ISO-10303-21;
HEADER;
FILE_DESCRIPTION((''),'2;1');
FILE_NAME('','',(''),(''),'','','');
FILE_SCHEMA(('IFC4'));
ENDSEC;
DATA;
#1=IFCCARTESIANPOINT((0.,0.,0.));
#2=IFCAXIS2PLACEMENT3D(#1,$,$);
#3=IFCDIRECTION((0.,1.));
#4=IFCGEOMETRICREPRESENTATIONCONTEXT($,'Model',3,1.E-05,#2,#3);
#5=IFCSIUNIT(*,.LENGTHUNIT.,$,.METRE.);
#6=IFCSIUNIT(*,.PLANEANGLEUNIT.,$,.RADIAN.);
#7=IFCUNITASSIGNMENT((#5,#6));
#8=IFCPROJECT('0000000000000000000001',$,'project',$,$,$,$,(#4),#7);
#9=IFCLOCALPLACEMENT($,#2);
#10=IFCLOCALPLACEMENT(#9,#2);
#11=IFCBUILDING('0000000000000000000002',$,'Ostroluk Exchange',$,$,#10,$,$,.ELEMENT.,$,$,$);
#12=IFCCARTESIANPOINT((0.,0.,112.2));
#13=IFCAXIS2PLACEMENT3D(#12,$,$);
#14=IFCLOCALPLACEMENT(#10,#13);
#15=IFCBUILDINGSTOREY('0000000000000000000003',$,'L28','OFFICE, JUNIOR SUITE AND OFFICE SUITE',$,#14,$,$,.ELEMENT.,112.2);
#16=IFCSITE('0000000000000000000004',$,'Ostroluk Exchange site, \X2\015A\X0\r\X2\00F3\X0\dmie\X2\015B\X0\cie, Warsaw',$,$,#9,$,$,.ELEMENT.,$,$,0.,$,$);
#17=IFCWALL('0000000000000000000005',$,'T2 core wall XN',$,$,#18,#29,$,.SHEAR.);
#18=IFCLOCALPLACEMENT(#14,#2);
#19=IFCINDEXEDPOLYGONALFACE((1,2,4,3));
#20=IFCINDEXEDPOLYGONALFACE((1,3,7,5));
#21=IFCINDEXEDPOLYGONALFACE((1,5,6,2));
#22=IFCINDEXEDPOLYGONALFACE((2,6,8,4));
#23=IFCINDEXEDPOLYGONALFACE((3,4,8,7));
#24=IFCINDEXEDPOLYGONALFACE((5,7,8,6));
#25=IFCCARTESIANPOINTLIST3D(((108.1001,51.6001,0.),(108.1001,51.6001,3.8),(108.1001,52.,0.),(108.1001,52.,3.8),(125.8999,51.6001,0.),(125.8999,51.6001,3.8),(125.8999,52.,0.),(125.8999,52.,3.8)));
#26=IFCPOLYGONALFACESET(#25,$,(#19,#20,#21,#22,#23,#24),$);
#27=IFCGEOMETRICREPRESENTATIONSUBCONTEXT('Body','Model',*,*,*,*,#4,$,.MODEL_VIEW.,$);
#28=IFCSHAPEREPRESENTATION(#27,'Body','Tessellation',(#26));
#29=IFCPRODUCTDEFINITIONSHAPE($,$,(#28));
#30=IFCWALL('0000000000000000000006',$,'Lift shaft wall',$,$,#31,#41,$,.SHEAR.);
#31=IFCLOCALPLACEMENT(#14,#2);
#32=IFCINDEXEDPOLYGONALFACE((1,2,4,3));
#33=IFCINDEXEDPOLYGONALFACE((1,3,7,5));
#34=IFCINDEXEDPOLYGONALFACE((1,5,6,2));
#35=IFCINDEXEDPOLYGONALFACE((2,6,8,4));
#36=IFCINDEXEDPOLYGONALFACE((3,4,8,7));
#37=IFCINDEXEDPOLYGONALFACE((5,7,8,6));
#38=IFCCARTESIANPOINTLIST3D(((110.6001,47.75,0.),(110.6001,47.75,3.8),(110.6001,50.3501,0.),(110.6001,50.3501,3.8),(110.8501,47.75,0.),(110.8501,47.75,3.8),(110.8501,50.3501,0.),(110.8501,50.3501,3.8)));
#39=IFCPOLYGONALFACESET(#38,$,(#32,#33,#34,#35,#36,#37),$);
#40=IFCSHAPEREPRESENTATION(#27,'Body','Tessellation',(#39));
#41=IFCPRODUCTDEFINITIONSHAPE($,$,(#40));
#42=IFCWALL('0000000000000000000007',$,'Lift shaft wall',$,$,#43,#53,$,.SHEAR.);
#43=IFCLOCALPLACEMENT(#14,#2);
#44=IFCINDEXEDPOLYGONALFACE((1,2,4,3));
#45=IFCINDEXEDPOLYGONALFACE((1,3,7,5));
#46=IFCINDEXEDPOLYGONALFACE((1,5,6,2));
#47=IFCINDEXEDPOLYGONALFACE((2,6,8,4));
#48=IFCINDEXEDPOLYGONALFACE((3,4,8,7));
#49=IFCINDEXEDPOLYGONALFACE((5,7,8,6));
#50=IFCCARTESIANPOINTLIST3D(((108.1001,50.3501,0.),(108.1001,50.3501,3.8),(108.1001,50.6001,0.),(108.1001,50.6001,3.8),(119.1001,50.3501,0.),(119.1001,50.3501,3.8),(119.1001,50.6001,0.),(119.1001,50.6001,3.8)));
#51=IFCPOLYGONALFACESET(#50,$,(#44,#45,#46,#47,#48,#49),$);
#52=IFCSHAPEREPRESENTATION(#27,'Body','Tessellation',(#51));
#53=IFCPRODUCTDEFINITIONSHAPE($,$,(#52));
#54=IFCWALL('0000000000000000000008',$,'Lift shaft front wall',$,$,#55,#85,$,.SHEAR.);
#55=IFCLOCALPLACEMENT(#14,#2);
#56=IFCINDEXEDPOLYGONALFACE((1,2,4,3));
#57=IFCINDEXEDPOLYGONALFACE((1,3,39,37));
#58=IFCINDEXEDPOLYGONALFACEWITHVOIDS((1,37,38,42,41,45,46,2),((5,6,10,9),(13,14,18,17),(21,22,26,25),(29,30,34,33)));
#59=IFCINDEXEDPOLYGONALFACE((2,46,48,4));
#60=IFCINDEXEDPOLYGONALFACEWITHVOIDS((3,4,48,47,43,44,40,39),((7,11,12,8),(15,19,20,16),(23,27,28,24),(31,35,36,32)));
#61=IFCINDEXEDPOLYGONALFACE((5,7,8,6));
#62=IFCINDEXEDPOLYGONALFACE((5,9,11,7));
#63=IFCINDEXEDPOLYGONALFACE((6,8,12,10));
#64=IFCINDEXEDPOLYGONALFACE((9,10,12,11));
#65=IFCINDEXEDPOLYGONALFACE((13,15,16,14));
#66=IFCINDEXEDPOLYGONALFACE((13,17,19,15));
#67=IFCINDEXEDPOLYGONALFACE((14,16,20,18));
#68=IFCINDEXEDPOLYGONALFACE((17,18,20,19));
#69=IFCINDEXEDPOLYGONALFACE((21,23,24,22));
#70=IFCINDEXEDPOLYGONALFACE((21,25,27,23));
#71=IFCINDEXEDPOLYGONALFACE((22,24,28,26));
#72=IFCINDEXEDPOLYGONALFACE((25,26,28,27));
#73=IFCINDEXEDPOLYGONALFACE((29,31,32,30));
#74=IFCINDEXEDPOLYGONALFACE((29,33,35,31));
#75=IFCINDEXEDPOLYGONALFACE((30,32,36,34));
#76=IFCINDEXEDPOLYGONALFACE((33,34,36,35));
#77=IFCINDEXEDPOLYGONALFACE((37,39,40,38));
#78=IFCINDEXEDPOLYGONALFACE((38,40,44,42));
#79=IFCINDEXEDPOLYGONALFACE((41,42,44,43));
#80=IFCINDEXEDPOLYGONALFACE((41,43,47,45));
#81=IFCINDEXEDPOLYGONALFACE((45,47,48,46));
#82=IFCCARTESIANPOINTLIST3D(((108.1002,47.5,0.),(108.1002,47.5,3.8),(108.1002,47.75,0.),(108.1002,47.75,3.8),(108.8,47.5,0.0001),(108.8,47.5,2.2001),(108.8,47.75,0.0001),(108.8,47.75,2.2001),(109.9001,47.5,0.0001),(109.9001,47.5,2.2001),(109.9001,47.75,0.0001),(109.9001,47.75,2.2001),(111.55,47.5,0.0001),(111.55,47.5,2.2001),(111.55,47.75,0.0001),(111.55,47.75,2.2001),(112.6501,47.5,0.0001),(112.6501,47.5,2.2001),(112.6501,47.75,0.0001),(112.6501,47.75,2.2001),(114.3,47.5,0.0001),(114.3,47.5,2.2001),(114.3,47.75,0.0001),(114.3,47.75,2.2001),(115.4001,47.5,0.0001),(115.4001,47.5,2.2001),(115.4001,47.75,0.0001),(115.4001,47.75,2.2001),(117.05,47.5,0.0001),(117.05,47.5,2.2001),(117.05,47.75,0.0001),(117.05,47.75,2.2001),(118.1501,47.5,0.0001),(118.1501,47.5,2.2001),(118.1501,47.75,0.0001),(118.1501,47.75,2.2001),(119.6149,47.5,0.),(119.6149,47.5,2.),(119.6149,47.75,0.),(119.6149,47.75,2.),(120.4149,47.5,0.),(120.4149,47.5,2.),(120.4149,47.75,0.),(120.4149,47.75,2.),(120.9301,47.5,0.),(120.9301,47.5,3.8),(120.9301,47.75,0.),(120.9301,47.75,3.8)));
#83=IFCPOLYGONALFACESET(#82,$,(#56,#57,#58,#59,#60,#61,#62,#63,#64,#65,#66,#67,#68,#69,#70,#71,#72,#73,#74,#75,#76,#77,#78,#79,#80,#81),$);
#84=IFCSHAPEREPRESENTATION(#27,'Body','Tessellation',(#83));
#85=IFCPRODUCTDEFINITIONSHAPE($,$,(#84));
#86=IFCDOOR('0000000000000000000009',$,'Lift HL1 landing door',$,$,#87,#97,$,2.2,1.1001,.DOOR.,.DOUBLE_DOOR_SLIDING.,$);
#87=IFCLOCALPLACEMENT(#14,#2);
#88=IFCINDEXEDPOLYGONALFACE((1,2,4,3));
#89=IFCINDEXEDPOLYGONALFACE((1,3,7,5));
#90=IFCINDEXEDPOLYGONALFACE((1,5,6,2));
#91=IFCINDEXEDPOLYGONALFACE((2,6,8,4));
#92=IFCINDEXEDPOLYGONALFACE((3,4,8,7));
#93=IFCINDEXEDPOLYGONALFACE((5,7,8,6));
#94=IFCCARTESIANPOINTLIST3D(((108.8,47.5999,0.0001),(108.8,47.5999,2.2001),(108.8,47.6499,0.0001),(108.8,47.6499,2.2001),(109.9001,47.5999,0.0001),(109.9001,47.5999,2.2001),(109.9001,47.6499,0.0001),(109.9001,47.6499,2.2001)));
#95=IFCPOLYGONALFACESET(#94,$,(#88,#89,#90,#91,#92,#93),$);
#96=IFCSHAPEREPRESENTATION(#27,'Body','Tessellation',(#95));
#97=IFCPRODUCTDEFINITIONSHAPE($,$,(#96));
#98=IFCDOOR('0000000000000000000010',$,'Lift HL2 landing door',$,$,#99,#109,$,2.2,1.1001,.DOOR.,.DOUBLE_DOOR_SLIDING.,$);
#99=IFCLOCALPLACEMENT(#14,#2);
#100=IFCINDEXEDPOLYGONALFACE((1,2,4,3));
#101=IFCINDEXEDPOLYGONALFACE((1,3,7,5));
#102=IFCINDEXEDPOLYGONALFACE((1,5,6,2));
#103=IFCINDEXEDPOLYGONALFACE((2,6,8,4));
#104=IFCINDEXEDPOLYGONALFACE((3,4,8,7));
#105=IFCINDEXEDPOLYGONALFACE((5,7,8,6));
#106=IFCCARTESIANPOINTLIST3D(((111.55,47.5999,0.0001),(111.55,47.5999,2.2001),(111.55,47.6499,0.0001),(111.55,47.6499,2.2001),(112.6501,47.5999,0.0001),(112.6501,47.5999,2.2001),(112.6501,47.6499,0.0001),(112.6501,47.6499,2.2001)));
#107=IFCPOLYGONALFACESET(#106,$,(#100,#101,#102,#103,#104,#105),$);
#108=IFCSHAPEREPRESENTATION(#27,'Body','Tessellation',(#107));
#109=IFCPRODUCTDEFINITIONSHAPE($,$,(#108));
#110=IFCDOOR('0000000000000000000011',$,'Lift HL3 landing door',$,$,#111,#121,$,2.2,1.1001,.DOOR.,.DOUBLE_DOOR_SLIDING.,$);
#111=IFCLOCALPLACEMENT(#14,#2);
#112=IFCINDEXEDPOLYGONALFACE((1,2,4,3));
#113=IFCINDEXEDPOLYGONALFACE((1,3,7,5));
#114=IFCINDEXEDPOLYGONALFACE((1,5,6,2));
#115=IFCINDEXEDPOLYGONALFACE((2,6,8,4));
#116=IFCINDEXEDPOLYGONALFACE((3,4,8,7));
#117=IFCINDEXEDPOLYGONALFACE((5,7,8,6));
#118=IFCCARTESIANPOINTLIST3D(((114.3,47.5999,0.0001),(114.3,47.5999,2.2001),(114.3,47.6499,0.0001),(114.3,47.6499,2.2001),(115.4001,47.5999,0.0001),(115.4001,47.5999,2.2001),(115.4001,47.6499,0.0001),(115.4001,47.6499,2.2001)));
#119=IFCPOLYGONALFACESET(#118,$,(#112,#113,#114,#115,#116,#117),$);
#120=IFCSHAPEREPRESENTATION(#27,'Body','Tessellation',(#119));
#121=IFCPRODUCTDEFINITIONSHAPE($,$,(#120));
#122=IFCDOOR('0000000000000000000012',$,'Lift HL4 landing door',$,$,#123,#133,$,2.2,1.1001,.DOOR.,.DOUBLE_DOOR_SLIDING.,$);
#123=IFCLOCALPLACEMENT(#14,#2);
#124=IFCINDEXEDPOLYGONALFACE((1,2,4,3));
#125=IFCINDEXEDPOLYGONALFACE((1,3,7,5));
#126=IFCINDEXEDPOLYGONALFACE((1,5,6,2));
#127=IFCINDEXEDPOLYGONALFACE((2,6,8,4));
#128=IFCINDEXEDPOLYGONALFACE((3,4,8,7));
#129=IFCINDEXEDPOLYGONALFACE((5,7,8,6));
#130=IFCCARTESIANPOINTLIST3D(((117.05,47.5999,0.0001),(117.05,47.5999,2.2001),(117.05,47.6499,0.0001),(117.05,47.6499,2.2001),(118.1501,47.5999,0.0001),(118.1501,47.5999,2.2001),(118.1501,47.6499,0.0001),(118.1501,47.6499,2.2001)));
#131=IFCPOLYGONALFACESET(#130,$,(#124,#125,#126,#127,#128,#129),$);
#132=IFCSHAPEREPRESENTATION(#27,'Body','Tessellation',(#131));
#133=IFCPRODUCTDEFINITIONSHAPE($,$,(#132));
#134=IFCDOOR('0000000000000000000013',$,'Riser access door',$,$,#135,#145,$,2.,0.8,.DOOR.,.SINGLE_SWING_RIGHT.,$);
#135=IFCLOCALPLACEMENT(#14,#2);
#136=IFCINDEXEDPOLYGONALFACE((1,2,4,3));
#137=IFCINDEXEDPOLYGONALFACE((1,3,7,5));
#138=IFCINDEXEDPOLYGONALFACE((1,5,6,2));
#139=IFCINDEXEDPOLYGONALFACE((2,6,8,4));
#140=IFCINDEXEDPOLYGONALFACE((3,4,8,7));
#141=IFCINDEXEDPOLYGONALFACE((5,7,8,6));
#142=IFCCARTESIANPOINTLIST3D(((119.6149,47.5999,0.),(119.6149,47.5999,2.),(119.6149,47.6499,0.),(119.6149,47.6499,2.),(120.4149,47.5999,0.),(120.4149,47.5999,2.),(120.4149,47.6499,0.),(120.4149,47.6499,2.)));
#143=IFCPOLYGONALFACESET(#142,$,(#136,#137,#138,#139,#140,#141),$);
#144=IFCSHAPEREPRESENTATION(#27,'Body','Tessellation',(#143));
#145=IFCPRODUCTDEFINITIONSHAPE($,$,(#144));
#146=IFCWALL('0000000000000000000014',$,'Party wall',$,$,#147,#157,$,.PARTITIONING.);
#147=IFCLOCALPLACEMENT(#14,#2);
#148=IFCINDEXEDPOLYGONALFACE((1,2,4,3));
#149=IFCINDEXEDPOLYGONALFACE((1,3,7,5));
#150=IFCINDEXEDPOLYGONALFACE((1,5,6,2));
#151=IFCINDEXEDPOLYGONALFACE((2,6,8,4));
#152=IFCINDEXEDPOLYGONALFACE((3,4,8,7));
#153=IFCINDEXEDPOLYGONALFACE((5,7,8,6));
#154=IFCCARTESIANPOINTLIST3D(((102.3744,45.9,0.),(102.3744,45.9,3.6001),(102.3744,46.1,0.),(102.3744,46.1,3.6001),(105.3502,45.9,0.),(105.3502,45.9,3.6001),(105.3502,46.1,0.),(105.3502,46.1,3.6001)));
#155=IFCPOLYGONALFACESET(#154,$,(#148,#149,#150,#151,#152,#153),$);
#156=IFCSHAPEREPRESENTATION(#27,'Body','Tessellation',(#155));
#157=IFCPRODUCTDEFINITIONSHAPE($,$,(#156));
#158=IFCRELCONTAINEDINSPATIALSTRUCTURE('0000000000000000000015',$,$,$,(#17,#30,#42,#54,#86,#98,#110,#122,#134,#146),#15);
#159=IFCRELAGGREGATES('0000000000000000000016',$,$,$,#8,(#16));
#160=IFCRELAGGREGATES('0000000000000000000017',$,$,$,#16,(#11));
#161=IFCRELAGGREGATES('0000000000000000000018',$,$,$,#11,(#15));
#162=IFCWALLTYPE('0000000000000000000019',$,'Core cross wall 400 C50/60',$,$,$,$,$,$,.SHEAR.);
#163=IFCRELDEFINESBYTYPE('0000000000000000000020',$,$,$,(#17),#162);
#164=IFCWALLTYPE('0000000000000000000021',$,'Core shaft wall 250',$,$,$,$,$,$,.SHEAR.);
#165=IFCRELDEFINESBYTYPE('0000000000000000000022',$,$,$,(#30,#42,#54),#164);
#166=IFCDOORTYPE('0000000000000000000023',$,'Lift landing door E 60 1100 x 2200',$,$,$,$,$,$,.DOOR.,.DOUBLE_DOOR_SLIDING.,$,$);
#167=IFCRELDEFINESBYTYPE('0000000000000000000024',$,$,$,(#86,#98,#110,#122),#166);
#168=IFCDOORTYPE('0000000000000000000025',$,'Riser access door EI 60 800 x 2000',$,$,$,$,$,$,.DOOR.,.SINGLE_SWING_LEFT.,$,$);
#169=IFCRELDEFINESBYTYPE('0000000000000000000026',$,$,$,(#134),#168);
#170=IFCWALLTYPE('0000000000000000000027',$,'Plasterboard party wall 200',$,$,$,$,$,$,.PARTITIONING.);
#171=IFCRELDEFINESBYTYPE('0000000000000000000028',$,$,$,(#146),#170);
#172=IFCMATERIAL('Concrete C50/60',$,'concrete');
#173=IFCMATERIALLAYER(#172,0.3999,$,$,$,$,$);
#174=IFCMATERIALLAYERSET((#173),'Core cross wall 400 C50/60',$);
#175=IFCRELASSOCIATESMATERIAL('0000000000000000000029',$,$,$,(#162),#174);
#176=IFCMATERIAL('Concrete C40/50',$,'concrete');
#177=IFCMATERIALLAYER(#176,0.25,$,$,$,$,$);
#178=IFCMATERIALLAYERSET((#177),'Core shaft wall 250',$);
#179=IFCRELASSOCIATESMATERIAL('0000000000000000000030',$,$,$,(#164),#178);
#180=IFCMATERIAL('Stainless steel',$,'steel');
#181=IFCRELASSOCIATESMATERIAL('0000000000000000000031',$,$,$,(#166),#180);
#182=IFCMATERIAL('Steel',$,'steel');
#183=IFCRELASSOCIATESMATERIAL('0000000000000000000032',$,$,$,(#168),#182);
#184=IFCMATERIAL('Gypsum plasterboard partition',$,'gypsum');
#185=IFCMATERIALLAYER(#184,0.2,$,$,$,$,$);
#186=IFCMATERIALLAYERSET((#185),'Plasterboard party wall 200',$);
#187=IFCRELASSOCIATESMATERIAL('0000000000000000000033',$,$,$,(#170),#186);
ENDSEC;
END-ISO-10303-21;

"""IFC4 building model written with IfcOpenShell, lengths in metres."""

from ifc_helpers import new_model, si_unit, direction, frame, frame_2d, origin, place, context, subcontext, project, spatial, rectangle, extrude, material, layer, layer_set, type_object, element, fill, save


model = new_model("IFC4")

# Units and contexts
model_context = context("Model", 3, precision=1e-05, world=origin(), true_north=direction((0.0, 1.0)))
body_context = subcontext(model_context, "Body", "Model", "MODEL_VIEW")
ifc_project = project(units=[si_unit("LENGTHUNIT", "METRE"), si_unit("PLANEANGLEUNIT", "RADIAN")], contexts=[model_context])

# Site, building, storey
site_placement = place(None, origin())
site = spatial("IfcSite", under=ifc_project, at=site_placement, Name="Ostroluk Exchange site, Śródmieście, Warsaw", CompositionType="ELEMENT", RefElevation=0.0)
building_placement = place(site_placement, origin())
building = spatial("IfcBuilding", under=site, at=building_placement, Name="Ostroluk Exchange", CompositionType="ELEMENT")
storey_placement = place(building_placement, frame((0.0, 0.0, 112.2)))
storey = spatial("IfcBuildingStorey", under=building, at=storey_placement, Name="L28", Description="OFFICE, JUNIOR SUITE AND OFFICE SUITE", CompositionType="ELEMENT", Elevation=112.2)

# Walls
ifc_material_1 = material(Name="Concrete C50/60", Category="concrete")
ifc_layer_1 = layer(ifc_material_1, 0.3999)
ifc_layer_set_1 = layer_set([ifc_layer_1], Name="Core cross wall 400 C50/60")
wall_type_1 = type_object("IfcWallType", Name="Core cross wall 400 C50/60", PredefinedType="SHEAR", material=ifc_layer_set_1)
wall_1_placement = place(storey_placement, frame((108.1001, 51.8, 0.0), z_axis=(0.0, 0.0, 1.0), x_axis=(1.0, 0.0, 0.0)))
element("IfcWall", 1, at=wall_1_placement, inside=storey, type_object=wall_type_1, Name="T2 core wall XN", PredefinedType="SHEAR", context=body_context, shape_type="SweptSolid", body=[
    extrude(rectangle(XDim=17.7998, YDim=0.3999, at=frame_2d((8.8999, 0.0))), origin(), (0.0, 0.0, 1.0), 3.8),
])
ifc_material_2 = material(Name="Concrete C40/50", Category="concrete")
ifc_layer_2 = layer(ifc_material_2, 0.25)
ifc_layer_set_2 = layer_set([ifc_layer_2], Name="Core shaft wall 250")
wall_type_2 = type_object("IfcWallType", Name="Core shaft wall 250", PredefinedType="SHEAR", material=ifc_layer_set_2)
wall_2_placement = place(storey_placement, frame((110.7251, 47.75, 0.0), z_axis=(0.0, 0.0, 1.0), x_axis=(0.0, 1.0, 0.0)))
element("IfcWall", 2, at=wall_2_placement, inside=storey, type_object=wall_type_2, Name="Lift shaft wall", PredefinedType="SHEAR", context=body_context, shape_type="SweptSolid", body=[
    extrude(rectangle(XDim=2.6001, YDim=0.25, at=frame_2d((1.3, 0.0))), origin(), (0.0, 0.0, 1.0), 3.8),
])
wall_3_placement = place(storey_placement, frame((108.1001, 50.4751, 0.0), z_axis=(0.0, 0.0, 1.0), x_axis=(1.0, 0.0, 0.0)))
element("IfcWall", 3, at=wall_3_placement, inside=storey, type_object=wall_type_2, Name="Lift shaft wall", PredefinedType="SHEAR", context=body_context, shape_type="SweptSolid", body=[
    extrude(rectangle(XDim=11.0, YDim=0.25, at=frame_2d((5.5, 0.0))), origin(), (0.0, 0.0, 1.0), 3.8),
])

# Wall, openings, doors
wall_4_placement = place(storey_placement, frame((108.1001, 47.625, 0.0), z_axis=(0.0, 0.0, 1.0), x_axis=(1.0, 0.0, 0.0)))
wall_4 = element("IfcWall", 4, at=wall_4_placement, inside=storey, type_object=wall_type_2, Name="Lift shaft front wall", PredefinedType="SHEAR", context=body_context, shape_type="SweptSolid", body=[
    extrude(rectangle(XDim=12.8298, YDim=0.25, at=frame_2d((6.415, 0.0))), origin(), (0.0, 0.0, 1.0), 3.8),
])
opening_1_placement = place(wall_4_placement, frame((0.7, 0.0, 0.0)))
opening_1 = element("IfcOpeningElement", 5, at=opening_1_placement, cuts=wall_4, PredefinedType="OPENING", context=body_context, shape_type="SweptSolid", body=[
    extrude(rectangle(XDim=1.1001, YDim=2.2, at=frame_2d((0.55, 1.1001))), frame((0.0, 0.135, 0.0), z_axis=(0.0, -1.0, 0.0), x_axis=(1.0, 0.0, 0.0)), (0.0, 0.0, 1.0), 0.27),
])
opening_2_placement = place(wall_4_placement, frame((3.45, 0.0, 0.0)))
opening_2 = element("IfcOpeningElement", 6, at=opening_2_placement, cuts=wall_4, PredefinedType="OPENING", context=body_context, shape_type="SweptSolid", body=[
    extrude(rectangle(XDim=1.1001, YDim=2.2, at=frame_2d((0.55, 1.1001))), frame((0.0, 0.135, 0.0), z_axis=(0.0, -1.0, 0.0), x_axis=(1.0, 0.0, 0.0)), (0.0, 0.0, 1.0), 0.27),
])
opening_3_placement = place(wall_4_placement, frame((6.2, 0.0, 0.0)))
opening_3 = element("IfcOpeningElement", 7, at=opening_3_placement, cuts=wall_4, PredefinedType="OPENING", context=body_context, shape_type="SweptSolid", body=[
    extrude(rectangle(XDim=1.1001, YDim=2.2, at=frame_2d((0.55, 1.1001))), frame((0.0, 0.135, 0.0), z_axis=(0.0, -1.0, 0.0), x_axis=(1.0, 0.0, 0.0)), (0.0, 0.0, 1.0), 0.27),
])
opening_4_placement = place(wall_4_placement, frame((8.95, 0.0, 0.0)))
opening_4 = element("IfcOpeningElement", 8, at=opening_4_placement, cuts=wall_4, PredefinedType="OPENING", context=body_context, shape_type="SweptSolid", body=[
    extrude(rectangle(XDim=1.1001, YDim=2.2, at=frame_2d((0.55, 1.1001))), frame((0.0, 0.135, 0.0), z_axis=(0.0, -1.0, 0.0), x_axis=(1.0, 0.0, 0.0)), (0.0, 0.0, 1.0), 0.27),
])
opening_5_placement = place(wall_4_placement, frame((11.5149, 0.0, 0.0)))
opening_5 = element("IfcOpeningElement", 9, at=opening_5_placement, cuts=wall_4, PredefinedType="OPENING", context=body_context, shape_type="SweptSolid", body=[
    extrude(rectangle(XDim=0.8, YDim=2.0, at=frame_2d((0.3999, 1.0))), frame((0.0, 0.135, 0.0), z_axis=(0.0, -1.0, 0.0), x_axis=(1.0, 0.0, 0.0)), (0.0, 0.0, 1.0), 0.27),
])
ifc_material_3 = material(Name="Stainless steel", Category="steel")
door_type_1 = type_object("IfcDoorType", Name="Lift landing door E 60 1100 x 2200", OperationType="DOUBLE_DOOR_SLIDING", PredefinedType="DOOR", material=ifc_material_3)
door_1_placement = place(opening_1_placement, origin())
door_1 = element("IfcDoor", 10, at=door_1_placement, inside=storey, type_object=door_type_1, Name="Lift HL1 landing door", OperationType="DOUBLE_DOOR_SLIDING", OverallHeight=2.2, OverallWidth=1.1001, PredefinedType="DOOR", context=body_context, shape_type="SweptSolid", body=[
    extrude(rectangle(XDim=1.1001, YDim=2.2, at=frame_2d((0.55, 1.1001))), frame((0.0, 0.0249, 0.0), z_axis=(0.0, -1.0, 0.0), x_axis=(1.0, 0.0, 0.0)), (0.0, 0.0, 1.0), 0.05),
])
fill(opening_1, door_1)
door_2_placement = place(opening_2_placement, origin())
door_2 = element("IfcDoor", 11, at=door_2_placement, inside=storey, type_object=door_type_1, Name="Lift HL2 landing door", OperationType="DOUBLE_DOOR_SLIDING", OverallHeight=2.2, OverallWidth=1.1001, PredefinedType="DOOR", context=body_context, shape_type="SweptSolid", body=[
    extrude(rectangle(XDim=1.1001, YDim=2.2, at=frame_2d((0.55, 1.1001))), frame((0.0, 0.0249, 0.0), z_axis=(0.0, -1.0, 0.0), x_axis=(1.0, 0.0, 0.0)), (0.0, 0.0, 1.0), 0.05),
])
fill(opening_2, door_2)
door_3_placement = place(opening_3_placement, origin())
door_3 = element("IfcDoor", 12, at=door_3_placement, inside=storey, type_object=door_type_1, Name="Lift HL3 landing door", OperationType="DOUBLE_DOOR_SLIDING", OverallHeight=2.2, OverallWidth=1.1001, PredefinedType="DOOR", context=body_context, shape_type="SweptSolid", body=[
    extrude(rectangle(XDim=1.1001, YDim=2.2, at=frame_2d((0.55, 1.1001))), frame((0.0, 0.0249, 0.0), z_axis=(0.0, -1.0, 0.0), x_axis=(1.0, 0.0, 0.0)), (0.0, 0.0, 1.0), 0.05),
])
fill(opening_3, door_3)
door_4_placement = place(opening_4_placement, origin())
door_4 = element("IfcDoor", 13, at=door_4_placement, inside=storey, type_object=door_type_1, Name="Lift HL4 landing door", OperationType="DOUBLE_DOOR_SLIDING", OverallHeight=2.2, OverallWidth=1.1001, PredefinedType="DOOR", context=body_context, shape_type="SweptSolid", body=[
    extrude(rectangle(XDim=1.1001, YDim=2.2, at=frame_2d((0.55, 1.1001))), frame((0.0, 0.0249, 0.0), z_axis=(0.0, -1.0, 0.0), x_axis=(1.0, 0.0, 0.0)), (0.0, 0.0, 1.0), 0.05),
])
fill(opening_4, door_4)
ifc_material_4 = material(Name="Steel", Category="steel")
door_type_2 = type_object("IfcDoorType", Name="Riser access door EI 60 800 x 2000", OperationType="SINGLE_SWING_LEFT", PredefinedType="DOOR", material=ifc_material_4)
door_5_placement = place(opening_5_placement, origin())
door_5 = element("IfcDoor", 14, at=door_5_placement, inside=storey, type_object=door_type_2, Name="Riser access door", OperationType="SINGLE_SWING_RIGHT", OverallHeight=2.0, OverallWidth=0.8, PredefinedType="DOOR", context=body_context, shape_type="SweptSolid", body=[
    extrude(rectangle(XDim=0.8, YDim=2.0, at=frame_2d((0.3999, 1.0))), frame((0.0, 0.0249, 0.0), z_axis=(0.0, -1.0, 0.0), x_axis=(1.0, 0.0, 0.0)), (0.0, 0.0, 1.0), 0.05),
])
fill(opening_5, door_5)

# Wall
ifc_material_5 = material(Name="Gypsum plasterboard partition", Category="gypsum")
ifc_layer_3 = layer(ifc_material_5, 0.2)
ifc_layer_set_3 = layer_set([ifc_layer_3], Name="Plasterboard party wall 200")
wall_type_3 = type_object("IfcWallType", Name="Plasterboard party wall 200", PredefinedType="PARTITIONING", material=ifc_layer_set_3)
wall_5_placement = place(storey_placement, frame((105.3501, 46.0, 0.0), z_axis=(0.0, 0.0, 1.0), x_axis=(-1.0, 0.0, 0.0)))
element("IfcWall", 15, at=wall_5_placement, inside=storey, type_object=wall_type_3, Name="Party wall", PredefinedType="PARTITIONING", context=body_context, shape_type="SweptSolid", body=[
    extrude(rectangle(XDim=2.9758, YDim=0.2, at=frame_2d((1.4878, 0.0))), origin(), (0.0, 0.0, 1.0), 3.6001),
])

save(model, "model.ifc")
